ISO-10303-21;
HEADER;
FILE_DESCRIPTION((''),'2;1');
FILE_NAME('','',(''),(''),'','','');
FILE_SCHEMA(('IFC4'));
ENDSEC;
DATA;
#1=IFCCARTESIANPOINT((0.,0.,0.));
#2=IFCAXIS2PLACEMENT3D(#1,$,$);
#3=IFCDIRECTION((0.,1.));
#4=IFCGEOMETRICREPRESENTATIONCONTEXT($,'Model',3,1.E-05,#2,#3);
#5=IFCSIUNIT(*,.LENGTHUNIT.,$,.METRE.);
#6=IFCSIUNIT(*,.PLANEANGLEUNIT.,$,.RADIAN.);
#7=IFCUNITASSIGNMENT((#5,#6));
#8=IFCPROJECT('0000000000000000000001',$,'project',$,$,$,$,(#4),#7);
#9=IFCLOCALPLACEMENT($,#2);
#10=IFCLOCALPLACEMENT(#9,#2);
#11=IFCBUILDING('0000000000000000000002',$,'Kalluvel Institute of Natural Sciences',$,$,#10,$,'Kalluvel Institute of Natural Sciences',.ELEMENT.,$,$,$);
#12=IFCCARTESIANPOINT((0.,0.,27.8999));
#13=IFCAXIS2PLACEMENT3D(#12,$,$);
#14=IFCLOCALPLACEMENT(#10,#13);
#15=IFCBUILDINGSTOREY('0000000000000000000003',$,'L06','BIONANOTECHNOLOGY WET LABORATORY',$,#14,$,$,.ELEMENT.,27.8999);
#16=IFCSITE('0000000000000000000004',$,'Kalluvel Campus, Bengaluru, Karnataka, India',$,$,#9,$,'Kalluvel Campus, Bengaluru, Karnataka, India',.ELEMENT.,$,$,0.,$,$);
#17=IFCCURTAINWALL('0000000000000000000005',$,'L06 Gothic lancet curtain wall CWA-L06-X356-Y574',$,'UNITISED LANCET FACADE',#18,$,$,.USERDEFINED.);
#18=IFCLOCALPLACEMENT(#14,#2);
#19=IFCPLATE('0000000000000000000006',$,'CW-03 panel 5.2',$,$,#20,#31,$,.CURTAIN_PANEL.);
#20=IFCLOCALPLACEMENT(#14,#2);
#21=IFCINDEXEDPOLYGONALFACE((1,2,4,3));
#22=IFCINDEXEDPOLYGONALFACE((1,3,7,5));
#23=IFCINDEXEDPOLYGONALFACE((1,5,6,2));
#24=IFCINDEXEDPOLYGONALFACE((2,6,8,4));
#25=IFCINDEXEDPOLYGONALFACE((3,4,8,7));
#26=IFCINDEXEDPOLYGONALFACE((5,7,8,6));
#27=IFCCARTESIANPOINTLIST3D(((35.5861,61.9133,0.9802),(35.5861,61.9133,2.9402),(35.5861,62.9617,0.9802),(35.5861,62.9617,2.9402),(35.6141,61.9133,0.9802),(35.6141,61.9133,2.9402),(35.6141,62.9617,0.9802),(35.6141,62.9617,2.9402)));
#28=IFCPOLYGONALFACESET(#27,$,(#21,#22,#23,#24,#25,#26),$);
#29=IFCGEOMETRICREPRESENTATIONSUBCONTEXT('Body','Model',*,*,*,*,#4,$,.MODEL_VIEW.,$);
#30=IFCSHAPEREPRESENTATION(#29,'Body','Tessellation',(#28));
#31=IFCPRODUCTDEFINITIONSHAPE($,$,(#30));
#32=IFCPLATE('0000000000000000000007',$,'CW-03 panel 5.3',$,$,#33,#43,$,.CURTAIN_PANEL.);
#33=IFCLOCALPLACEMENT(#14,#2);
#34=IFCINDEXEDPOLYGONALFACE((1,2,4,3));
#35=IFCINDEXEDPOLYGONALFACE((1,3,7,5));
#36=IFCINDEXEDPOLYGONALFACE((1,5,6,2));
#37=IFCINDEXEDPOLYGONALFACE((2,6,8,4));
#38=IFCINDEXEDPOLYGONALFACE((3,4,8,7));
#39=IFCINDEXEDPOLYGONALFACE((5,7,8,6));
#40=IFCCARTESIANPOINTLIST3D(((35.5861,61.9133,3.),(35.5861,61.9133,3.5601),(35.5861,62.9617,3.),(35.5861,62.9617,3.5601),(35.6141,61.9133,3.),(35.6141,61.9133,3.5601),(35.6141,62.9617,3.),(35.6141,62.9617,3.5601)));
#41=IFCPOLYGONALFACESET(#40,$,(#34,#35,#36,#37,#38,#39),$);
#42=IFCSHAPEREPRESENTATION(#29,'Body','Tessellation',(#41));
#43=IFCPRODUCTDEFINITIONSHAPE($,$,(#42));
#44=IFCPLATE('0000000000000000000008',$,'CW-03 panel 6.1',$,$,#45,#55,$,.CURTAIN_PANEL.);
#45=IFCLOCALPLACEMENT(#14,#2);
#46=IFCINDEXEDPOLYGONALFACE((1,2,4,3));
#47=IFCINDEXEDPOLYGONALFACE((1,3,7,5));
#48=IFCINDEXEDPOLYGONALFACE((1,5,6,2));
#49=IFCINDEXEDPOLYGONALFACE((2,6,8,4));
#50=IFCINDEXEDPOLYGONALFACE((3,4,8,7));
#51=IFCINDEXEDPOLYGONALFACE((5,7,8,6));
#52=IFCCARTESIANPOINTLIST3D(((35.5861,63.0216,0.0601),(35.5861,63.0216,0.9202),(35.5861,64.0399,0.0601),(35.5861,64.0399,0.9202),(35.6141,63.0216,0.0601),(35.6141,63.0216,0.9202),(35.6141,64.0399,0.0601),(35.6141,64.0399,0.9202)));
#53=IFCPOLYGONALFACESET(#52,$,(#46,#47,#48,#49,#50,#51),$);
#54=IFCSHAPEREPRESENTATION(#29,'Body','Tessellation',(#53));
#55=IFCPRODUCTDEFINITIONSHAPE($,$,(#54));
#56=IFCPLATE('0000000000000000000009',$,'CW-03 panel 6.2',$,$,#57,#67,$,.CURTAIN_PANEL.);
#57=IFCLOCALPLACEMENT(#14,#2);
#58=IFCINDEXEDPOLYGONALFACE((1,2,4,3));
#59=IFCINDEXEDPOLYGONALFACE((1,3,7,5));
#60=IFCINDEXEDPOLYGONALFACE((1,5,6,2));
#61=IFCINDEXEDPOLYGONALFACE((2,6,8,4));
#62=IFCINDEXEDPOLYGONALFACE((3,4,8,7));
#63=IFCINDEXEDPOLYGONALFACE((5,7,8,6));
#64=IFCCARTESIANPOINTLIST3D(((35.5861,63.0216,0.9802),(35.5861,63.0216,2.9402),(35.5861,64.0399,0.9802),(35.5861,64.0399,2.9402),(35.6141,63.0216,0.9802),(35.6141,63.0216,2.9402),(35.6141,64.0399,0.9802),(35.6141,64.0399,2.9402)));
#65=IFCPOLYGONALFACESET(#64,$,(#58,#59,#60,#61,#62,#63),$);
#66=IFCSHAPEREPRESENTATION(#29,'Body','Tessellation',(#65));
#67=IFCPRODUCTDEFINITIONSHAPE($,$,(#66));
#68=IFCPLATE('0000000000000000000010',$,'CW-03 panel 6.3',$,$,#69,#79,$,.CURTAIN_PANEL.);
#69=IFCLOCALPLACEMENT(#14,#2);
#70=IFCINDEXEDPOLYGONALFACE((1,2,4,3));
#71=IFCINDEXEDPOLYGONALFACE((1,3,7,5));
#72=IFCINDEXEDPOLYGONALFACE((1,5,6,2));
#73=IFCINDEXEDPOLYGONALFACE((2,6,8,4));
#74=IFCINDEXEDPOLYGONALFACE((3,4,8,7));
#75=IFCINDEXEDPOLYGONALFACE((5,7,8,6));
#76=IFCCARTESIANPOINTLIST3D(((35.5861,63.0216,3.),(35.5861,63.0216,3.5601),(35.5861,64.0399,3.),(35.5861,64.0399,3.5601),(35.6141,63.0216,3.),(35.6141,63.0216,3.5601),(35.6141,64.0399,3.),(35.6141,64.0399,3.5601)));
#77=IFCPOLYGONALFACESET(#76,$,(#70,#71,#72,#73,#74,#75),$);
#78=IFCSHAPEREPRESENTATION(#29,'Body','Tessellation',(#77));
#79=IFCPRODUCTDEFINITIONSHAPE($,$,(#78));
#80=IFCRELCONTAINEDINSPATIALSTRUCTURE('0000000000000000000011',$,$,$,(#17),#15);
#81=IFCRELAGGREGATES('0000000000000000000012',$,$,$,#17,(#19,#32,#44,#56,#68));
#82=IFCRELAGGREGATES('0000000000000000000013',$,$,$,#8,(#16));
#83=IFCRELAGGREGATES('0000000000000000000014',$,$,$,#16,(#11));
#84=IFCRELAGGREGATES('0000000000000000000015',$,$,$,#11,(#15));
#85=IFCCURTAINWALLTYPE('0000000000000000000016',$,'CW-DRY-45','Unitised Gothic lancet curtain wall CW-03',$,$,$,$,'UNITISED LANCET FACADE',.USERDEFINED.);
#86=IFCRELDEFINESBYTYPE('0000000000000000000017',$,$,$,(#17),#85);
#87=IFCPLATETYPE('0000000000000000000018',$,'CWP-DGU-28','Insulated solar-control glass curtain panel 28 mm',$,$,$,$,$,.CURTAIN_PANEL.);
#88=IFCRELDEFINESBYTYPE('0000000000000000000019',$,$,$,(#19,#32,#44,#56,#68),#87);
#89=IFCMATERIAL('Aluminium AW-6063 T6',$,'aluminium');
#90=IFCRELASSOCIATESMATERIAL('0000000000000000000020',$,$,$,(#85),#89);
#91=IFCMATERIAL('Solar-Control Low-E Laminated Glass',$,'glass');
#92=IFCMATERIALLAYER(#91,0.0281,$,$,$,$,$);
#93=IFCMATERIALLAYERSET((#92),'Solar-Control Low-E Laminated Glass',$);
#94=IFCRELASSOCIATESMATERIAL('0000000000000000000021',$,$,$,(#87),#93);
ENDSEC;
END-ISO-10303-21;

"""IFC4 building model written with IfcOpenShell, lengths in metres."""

from ifc_helpers import new_model, si_unit, direction, frame, origin, origin_2d, place, context, subcontext, project, spatial, rectangle, extrude, material, layer, layer_set, type_object, element, aggregate, save


model = new_model("IFC4")

# Units and contexts
model_context = context("Model", 3, precision=1e-05, world=origin(), true_north=direction((0.0, 1.0)))
body_context = subcontext(model_context, "Body", "Model", "MODEL_VIEW")
ifc_project = project(units=[si_unit("LENGTHUNIT", "METRE"), si_unit("PLANEANGLEUNIT", "RADIAN")], contexts=[model_context])

# Site, building, storey
site_placement = place(None, origin())
site = spatial("IfcSite", under=ifc_project, at=site_placement, Name="Kalluvel Campus, Bengaluru, Karnataka, India", LongName="Kalluvel Campus, Bengaluru, Karnataka, India", CompositionType="ELEMENT", RefElevation=0.0)
building_placement = place(site_placement, origin())
building = spatial("IfcBuilding", under=site, at=building_placement, Name="Kalluvel Institute of Natural Sciences", LongName="Kalluvel Institute of Natural Sciences", CompositionType="ELEMENT")
storey_placement = place(building_placement, frame((0.0, 0.0, 27.8999)))
storey = spatial("IfcBuildingStorey", under=building, at=storey_placement, Name="L06", Description="BIONANOTECHNOLOGY WET LABORATORY", CompositionType="ELEMENT", Elevation=27.8999)

# Curtain wall
ifc_material_1 = material(Name="Aluminium AW-6063 T6", Category="aluminium")
curtain_wall_type = type_object("IfcCurtainWallType", Name="CW-DRY-45", Description="Unitised Gothic lancet curtain wall CW-03", ElementType="UNITISED LANCET FACADE", PredefinedType="USERDEFINED", material=ifc_material_1)
curtain_wall_1_placement = place(storey_placement, origin())
curtain_wall_1 = element("IfcCurtainWall", 1, at=curtain_wall_1_placement, inside=storey, type_object=curtain_wall_type, Name="L06 Gothic lancet curtain wall CWA-L06-X356-Y574", ObjectType="UNITISED LANCET FACADE", PredefinedType="USERDEFINED")

# Plates
ifc_material_2 = material(Name="Solar-Control Low-E Laminated Glass", Category="glass")
ifc_layer = layer(ifc_material_2, 0.0281)
ifc_layer_set = layer_set([ifc_layer], Name="Solar-Control Low-E Laminated Glass")
plate_type = type_object("IfcPlateType", Name="CWP-DGU-28", Description="Insulated solar-control glass curtain panel 28 mm", PredefinedType="CURTAIN_PANEL", material=ifc_layer_set)
plate_1_placement = place(storey_placement, frame((35.6001, 62.4375, 0.9802), z_axis=(0.0, 0.0, 1.0), x_axis=(0.0, 1.0, 0.0)))
plate_1 = element("IfcPlate", 2, at=plate_1_placement, type_object=plate_type, Name="CW-03 panel 5.2", PredefinedType="CURTAIN_PANEL", context=body_context, shape_type="SweptSolid", body=[
    extrude(rectangle(XDim=1.0483, YDim=0.0281, at=origin_2d()), origin(), (0.0, 0.0, 1.0), 1.96),
])
plate_2_placement = place(storey_placement, frame((35.6001, 62.4375, 3.0), z_axis=(0.0, 0.0, 1.0), x_axis=(0.0, 1.0, 0.0)))
plate_2 = element("IfcPlate", 3, at=plate_2_placement, type_object=plate_type, Name="CW-03 panel 5.3", PredefinedType="CURTAIN_PANEL", context=body_context, shape_type="SweptSolid", body=[
    extrude(rectangle(XDim=1.0483, YDim=0.0281, at=origin_2d()), origin(), (0.0, 0.0, 1.0), 0.5601),
])
plate_3_placement = place(storey_placement, frame((35.6001, 63.5308, 0.0601), z_axis=(0.0, 0.0, 1.0), x_axis=(0.0, 1.0, 0.0)))
plate_3 = element("IfcPlate", 4, at=plate_3_placement, type_object=plate_type, Name="CW-03 panel 6.1", PredefinedType="CURTAIN_PANEL", context=body_context, shape_type="SweptSolid", body=[
    extrude(rectangle(XDim=1.0183, YDim=0.0281, at=origin_2d()), origin(), (0.0, 0.0, 1.0), 0.8601),
])
plate_4_placement = place(storey_placement, frame((35.6001, 63.5308, 0.9802), z_axis=(0.0, 0.0, 1.0), x_axis=(0.0, 1.0, 0.0)))
plate_4 = element("IfcPlate", 5, at=plate_4_placement, type_object=plate_type, Name="CW-03 panel 6.2", PredefinedType="CURTAIN_PANEL", context=body_context, shape_type="SweptSolid", body=[
    extrude(rectangle(XDim=1.0183, YDim=0.0281, at=origin_2d()), origin(), (0.0, 0.0, 1.0), 1.96),
])
plate_5_placement = place(storey_placement, frame((35.6001, 63.5308, 3.0), z_axis=(0.0, 0.0, 1.0), x_axis=(0.0, 1.0, 0.0)))
plate_5 = element("IfcPlate", 6, at=plate_5_placement, type_object=plate_type, Name="CW-03 panel 6.3", PredefinedType="CURTAIN_PANEL", context=body_context, shape_type="SweptSolid", body=[
    extrude(rectangle(XDim=1.0183, YDim=0.0281, at=origin_2d()), origin(), (0.0, 0.0, 1.0), 0.5601),
])
aggregate(curtain_wall_1, [plate_1, plate_2, plate_3, plate_4, plate_5])

save(model, "model.ifc")
